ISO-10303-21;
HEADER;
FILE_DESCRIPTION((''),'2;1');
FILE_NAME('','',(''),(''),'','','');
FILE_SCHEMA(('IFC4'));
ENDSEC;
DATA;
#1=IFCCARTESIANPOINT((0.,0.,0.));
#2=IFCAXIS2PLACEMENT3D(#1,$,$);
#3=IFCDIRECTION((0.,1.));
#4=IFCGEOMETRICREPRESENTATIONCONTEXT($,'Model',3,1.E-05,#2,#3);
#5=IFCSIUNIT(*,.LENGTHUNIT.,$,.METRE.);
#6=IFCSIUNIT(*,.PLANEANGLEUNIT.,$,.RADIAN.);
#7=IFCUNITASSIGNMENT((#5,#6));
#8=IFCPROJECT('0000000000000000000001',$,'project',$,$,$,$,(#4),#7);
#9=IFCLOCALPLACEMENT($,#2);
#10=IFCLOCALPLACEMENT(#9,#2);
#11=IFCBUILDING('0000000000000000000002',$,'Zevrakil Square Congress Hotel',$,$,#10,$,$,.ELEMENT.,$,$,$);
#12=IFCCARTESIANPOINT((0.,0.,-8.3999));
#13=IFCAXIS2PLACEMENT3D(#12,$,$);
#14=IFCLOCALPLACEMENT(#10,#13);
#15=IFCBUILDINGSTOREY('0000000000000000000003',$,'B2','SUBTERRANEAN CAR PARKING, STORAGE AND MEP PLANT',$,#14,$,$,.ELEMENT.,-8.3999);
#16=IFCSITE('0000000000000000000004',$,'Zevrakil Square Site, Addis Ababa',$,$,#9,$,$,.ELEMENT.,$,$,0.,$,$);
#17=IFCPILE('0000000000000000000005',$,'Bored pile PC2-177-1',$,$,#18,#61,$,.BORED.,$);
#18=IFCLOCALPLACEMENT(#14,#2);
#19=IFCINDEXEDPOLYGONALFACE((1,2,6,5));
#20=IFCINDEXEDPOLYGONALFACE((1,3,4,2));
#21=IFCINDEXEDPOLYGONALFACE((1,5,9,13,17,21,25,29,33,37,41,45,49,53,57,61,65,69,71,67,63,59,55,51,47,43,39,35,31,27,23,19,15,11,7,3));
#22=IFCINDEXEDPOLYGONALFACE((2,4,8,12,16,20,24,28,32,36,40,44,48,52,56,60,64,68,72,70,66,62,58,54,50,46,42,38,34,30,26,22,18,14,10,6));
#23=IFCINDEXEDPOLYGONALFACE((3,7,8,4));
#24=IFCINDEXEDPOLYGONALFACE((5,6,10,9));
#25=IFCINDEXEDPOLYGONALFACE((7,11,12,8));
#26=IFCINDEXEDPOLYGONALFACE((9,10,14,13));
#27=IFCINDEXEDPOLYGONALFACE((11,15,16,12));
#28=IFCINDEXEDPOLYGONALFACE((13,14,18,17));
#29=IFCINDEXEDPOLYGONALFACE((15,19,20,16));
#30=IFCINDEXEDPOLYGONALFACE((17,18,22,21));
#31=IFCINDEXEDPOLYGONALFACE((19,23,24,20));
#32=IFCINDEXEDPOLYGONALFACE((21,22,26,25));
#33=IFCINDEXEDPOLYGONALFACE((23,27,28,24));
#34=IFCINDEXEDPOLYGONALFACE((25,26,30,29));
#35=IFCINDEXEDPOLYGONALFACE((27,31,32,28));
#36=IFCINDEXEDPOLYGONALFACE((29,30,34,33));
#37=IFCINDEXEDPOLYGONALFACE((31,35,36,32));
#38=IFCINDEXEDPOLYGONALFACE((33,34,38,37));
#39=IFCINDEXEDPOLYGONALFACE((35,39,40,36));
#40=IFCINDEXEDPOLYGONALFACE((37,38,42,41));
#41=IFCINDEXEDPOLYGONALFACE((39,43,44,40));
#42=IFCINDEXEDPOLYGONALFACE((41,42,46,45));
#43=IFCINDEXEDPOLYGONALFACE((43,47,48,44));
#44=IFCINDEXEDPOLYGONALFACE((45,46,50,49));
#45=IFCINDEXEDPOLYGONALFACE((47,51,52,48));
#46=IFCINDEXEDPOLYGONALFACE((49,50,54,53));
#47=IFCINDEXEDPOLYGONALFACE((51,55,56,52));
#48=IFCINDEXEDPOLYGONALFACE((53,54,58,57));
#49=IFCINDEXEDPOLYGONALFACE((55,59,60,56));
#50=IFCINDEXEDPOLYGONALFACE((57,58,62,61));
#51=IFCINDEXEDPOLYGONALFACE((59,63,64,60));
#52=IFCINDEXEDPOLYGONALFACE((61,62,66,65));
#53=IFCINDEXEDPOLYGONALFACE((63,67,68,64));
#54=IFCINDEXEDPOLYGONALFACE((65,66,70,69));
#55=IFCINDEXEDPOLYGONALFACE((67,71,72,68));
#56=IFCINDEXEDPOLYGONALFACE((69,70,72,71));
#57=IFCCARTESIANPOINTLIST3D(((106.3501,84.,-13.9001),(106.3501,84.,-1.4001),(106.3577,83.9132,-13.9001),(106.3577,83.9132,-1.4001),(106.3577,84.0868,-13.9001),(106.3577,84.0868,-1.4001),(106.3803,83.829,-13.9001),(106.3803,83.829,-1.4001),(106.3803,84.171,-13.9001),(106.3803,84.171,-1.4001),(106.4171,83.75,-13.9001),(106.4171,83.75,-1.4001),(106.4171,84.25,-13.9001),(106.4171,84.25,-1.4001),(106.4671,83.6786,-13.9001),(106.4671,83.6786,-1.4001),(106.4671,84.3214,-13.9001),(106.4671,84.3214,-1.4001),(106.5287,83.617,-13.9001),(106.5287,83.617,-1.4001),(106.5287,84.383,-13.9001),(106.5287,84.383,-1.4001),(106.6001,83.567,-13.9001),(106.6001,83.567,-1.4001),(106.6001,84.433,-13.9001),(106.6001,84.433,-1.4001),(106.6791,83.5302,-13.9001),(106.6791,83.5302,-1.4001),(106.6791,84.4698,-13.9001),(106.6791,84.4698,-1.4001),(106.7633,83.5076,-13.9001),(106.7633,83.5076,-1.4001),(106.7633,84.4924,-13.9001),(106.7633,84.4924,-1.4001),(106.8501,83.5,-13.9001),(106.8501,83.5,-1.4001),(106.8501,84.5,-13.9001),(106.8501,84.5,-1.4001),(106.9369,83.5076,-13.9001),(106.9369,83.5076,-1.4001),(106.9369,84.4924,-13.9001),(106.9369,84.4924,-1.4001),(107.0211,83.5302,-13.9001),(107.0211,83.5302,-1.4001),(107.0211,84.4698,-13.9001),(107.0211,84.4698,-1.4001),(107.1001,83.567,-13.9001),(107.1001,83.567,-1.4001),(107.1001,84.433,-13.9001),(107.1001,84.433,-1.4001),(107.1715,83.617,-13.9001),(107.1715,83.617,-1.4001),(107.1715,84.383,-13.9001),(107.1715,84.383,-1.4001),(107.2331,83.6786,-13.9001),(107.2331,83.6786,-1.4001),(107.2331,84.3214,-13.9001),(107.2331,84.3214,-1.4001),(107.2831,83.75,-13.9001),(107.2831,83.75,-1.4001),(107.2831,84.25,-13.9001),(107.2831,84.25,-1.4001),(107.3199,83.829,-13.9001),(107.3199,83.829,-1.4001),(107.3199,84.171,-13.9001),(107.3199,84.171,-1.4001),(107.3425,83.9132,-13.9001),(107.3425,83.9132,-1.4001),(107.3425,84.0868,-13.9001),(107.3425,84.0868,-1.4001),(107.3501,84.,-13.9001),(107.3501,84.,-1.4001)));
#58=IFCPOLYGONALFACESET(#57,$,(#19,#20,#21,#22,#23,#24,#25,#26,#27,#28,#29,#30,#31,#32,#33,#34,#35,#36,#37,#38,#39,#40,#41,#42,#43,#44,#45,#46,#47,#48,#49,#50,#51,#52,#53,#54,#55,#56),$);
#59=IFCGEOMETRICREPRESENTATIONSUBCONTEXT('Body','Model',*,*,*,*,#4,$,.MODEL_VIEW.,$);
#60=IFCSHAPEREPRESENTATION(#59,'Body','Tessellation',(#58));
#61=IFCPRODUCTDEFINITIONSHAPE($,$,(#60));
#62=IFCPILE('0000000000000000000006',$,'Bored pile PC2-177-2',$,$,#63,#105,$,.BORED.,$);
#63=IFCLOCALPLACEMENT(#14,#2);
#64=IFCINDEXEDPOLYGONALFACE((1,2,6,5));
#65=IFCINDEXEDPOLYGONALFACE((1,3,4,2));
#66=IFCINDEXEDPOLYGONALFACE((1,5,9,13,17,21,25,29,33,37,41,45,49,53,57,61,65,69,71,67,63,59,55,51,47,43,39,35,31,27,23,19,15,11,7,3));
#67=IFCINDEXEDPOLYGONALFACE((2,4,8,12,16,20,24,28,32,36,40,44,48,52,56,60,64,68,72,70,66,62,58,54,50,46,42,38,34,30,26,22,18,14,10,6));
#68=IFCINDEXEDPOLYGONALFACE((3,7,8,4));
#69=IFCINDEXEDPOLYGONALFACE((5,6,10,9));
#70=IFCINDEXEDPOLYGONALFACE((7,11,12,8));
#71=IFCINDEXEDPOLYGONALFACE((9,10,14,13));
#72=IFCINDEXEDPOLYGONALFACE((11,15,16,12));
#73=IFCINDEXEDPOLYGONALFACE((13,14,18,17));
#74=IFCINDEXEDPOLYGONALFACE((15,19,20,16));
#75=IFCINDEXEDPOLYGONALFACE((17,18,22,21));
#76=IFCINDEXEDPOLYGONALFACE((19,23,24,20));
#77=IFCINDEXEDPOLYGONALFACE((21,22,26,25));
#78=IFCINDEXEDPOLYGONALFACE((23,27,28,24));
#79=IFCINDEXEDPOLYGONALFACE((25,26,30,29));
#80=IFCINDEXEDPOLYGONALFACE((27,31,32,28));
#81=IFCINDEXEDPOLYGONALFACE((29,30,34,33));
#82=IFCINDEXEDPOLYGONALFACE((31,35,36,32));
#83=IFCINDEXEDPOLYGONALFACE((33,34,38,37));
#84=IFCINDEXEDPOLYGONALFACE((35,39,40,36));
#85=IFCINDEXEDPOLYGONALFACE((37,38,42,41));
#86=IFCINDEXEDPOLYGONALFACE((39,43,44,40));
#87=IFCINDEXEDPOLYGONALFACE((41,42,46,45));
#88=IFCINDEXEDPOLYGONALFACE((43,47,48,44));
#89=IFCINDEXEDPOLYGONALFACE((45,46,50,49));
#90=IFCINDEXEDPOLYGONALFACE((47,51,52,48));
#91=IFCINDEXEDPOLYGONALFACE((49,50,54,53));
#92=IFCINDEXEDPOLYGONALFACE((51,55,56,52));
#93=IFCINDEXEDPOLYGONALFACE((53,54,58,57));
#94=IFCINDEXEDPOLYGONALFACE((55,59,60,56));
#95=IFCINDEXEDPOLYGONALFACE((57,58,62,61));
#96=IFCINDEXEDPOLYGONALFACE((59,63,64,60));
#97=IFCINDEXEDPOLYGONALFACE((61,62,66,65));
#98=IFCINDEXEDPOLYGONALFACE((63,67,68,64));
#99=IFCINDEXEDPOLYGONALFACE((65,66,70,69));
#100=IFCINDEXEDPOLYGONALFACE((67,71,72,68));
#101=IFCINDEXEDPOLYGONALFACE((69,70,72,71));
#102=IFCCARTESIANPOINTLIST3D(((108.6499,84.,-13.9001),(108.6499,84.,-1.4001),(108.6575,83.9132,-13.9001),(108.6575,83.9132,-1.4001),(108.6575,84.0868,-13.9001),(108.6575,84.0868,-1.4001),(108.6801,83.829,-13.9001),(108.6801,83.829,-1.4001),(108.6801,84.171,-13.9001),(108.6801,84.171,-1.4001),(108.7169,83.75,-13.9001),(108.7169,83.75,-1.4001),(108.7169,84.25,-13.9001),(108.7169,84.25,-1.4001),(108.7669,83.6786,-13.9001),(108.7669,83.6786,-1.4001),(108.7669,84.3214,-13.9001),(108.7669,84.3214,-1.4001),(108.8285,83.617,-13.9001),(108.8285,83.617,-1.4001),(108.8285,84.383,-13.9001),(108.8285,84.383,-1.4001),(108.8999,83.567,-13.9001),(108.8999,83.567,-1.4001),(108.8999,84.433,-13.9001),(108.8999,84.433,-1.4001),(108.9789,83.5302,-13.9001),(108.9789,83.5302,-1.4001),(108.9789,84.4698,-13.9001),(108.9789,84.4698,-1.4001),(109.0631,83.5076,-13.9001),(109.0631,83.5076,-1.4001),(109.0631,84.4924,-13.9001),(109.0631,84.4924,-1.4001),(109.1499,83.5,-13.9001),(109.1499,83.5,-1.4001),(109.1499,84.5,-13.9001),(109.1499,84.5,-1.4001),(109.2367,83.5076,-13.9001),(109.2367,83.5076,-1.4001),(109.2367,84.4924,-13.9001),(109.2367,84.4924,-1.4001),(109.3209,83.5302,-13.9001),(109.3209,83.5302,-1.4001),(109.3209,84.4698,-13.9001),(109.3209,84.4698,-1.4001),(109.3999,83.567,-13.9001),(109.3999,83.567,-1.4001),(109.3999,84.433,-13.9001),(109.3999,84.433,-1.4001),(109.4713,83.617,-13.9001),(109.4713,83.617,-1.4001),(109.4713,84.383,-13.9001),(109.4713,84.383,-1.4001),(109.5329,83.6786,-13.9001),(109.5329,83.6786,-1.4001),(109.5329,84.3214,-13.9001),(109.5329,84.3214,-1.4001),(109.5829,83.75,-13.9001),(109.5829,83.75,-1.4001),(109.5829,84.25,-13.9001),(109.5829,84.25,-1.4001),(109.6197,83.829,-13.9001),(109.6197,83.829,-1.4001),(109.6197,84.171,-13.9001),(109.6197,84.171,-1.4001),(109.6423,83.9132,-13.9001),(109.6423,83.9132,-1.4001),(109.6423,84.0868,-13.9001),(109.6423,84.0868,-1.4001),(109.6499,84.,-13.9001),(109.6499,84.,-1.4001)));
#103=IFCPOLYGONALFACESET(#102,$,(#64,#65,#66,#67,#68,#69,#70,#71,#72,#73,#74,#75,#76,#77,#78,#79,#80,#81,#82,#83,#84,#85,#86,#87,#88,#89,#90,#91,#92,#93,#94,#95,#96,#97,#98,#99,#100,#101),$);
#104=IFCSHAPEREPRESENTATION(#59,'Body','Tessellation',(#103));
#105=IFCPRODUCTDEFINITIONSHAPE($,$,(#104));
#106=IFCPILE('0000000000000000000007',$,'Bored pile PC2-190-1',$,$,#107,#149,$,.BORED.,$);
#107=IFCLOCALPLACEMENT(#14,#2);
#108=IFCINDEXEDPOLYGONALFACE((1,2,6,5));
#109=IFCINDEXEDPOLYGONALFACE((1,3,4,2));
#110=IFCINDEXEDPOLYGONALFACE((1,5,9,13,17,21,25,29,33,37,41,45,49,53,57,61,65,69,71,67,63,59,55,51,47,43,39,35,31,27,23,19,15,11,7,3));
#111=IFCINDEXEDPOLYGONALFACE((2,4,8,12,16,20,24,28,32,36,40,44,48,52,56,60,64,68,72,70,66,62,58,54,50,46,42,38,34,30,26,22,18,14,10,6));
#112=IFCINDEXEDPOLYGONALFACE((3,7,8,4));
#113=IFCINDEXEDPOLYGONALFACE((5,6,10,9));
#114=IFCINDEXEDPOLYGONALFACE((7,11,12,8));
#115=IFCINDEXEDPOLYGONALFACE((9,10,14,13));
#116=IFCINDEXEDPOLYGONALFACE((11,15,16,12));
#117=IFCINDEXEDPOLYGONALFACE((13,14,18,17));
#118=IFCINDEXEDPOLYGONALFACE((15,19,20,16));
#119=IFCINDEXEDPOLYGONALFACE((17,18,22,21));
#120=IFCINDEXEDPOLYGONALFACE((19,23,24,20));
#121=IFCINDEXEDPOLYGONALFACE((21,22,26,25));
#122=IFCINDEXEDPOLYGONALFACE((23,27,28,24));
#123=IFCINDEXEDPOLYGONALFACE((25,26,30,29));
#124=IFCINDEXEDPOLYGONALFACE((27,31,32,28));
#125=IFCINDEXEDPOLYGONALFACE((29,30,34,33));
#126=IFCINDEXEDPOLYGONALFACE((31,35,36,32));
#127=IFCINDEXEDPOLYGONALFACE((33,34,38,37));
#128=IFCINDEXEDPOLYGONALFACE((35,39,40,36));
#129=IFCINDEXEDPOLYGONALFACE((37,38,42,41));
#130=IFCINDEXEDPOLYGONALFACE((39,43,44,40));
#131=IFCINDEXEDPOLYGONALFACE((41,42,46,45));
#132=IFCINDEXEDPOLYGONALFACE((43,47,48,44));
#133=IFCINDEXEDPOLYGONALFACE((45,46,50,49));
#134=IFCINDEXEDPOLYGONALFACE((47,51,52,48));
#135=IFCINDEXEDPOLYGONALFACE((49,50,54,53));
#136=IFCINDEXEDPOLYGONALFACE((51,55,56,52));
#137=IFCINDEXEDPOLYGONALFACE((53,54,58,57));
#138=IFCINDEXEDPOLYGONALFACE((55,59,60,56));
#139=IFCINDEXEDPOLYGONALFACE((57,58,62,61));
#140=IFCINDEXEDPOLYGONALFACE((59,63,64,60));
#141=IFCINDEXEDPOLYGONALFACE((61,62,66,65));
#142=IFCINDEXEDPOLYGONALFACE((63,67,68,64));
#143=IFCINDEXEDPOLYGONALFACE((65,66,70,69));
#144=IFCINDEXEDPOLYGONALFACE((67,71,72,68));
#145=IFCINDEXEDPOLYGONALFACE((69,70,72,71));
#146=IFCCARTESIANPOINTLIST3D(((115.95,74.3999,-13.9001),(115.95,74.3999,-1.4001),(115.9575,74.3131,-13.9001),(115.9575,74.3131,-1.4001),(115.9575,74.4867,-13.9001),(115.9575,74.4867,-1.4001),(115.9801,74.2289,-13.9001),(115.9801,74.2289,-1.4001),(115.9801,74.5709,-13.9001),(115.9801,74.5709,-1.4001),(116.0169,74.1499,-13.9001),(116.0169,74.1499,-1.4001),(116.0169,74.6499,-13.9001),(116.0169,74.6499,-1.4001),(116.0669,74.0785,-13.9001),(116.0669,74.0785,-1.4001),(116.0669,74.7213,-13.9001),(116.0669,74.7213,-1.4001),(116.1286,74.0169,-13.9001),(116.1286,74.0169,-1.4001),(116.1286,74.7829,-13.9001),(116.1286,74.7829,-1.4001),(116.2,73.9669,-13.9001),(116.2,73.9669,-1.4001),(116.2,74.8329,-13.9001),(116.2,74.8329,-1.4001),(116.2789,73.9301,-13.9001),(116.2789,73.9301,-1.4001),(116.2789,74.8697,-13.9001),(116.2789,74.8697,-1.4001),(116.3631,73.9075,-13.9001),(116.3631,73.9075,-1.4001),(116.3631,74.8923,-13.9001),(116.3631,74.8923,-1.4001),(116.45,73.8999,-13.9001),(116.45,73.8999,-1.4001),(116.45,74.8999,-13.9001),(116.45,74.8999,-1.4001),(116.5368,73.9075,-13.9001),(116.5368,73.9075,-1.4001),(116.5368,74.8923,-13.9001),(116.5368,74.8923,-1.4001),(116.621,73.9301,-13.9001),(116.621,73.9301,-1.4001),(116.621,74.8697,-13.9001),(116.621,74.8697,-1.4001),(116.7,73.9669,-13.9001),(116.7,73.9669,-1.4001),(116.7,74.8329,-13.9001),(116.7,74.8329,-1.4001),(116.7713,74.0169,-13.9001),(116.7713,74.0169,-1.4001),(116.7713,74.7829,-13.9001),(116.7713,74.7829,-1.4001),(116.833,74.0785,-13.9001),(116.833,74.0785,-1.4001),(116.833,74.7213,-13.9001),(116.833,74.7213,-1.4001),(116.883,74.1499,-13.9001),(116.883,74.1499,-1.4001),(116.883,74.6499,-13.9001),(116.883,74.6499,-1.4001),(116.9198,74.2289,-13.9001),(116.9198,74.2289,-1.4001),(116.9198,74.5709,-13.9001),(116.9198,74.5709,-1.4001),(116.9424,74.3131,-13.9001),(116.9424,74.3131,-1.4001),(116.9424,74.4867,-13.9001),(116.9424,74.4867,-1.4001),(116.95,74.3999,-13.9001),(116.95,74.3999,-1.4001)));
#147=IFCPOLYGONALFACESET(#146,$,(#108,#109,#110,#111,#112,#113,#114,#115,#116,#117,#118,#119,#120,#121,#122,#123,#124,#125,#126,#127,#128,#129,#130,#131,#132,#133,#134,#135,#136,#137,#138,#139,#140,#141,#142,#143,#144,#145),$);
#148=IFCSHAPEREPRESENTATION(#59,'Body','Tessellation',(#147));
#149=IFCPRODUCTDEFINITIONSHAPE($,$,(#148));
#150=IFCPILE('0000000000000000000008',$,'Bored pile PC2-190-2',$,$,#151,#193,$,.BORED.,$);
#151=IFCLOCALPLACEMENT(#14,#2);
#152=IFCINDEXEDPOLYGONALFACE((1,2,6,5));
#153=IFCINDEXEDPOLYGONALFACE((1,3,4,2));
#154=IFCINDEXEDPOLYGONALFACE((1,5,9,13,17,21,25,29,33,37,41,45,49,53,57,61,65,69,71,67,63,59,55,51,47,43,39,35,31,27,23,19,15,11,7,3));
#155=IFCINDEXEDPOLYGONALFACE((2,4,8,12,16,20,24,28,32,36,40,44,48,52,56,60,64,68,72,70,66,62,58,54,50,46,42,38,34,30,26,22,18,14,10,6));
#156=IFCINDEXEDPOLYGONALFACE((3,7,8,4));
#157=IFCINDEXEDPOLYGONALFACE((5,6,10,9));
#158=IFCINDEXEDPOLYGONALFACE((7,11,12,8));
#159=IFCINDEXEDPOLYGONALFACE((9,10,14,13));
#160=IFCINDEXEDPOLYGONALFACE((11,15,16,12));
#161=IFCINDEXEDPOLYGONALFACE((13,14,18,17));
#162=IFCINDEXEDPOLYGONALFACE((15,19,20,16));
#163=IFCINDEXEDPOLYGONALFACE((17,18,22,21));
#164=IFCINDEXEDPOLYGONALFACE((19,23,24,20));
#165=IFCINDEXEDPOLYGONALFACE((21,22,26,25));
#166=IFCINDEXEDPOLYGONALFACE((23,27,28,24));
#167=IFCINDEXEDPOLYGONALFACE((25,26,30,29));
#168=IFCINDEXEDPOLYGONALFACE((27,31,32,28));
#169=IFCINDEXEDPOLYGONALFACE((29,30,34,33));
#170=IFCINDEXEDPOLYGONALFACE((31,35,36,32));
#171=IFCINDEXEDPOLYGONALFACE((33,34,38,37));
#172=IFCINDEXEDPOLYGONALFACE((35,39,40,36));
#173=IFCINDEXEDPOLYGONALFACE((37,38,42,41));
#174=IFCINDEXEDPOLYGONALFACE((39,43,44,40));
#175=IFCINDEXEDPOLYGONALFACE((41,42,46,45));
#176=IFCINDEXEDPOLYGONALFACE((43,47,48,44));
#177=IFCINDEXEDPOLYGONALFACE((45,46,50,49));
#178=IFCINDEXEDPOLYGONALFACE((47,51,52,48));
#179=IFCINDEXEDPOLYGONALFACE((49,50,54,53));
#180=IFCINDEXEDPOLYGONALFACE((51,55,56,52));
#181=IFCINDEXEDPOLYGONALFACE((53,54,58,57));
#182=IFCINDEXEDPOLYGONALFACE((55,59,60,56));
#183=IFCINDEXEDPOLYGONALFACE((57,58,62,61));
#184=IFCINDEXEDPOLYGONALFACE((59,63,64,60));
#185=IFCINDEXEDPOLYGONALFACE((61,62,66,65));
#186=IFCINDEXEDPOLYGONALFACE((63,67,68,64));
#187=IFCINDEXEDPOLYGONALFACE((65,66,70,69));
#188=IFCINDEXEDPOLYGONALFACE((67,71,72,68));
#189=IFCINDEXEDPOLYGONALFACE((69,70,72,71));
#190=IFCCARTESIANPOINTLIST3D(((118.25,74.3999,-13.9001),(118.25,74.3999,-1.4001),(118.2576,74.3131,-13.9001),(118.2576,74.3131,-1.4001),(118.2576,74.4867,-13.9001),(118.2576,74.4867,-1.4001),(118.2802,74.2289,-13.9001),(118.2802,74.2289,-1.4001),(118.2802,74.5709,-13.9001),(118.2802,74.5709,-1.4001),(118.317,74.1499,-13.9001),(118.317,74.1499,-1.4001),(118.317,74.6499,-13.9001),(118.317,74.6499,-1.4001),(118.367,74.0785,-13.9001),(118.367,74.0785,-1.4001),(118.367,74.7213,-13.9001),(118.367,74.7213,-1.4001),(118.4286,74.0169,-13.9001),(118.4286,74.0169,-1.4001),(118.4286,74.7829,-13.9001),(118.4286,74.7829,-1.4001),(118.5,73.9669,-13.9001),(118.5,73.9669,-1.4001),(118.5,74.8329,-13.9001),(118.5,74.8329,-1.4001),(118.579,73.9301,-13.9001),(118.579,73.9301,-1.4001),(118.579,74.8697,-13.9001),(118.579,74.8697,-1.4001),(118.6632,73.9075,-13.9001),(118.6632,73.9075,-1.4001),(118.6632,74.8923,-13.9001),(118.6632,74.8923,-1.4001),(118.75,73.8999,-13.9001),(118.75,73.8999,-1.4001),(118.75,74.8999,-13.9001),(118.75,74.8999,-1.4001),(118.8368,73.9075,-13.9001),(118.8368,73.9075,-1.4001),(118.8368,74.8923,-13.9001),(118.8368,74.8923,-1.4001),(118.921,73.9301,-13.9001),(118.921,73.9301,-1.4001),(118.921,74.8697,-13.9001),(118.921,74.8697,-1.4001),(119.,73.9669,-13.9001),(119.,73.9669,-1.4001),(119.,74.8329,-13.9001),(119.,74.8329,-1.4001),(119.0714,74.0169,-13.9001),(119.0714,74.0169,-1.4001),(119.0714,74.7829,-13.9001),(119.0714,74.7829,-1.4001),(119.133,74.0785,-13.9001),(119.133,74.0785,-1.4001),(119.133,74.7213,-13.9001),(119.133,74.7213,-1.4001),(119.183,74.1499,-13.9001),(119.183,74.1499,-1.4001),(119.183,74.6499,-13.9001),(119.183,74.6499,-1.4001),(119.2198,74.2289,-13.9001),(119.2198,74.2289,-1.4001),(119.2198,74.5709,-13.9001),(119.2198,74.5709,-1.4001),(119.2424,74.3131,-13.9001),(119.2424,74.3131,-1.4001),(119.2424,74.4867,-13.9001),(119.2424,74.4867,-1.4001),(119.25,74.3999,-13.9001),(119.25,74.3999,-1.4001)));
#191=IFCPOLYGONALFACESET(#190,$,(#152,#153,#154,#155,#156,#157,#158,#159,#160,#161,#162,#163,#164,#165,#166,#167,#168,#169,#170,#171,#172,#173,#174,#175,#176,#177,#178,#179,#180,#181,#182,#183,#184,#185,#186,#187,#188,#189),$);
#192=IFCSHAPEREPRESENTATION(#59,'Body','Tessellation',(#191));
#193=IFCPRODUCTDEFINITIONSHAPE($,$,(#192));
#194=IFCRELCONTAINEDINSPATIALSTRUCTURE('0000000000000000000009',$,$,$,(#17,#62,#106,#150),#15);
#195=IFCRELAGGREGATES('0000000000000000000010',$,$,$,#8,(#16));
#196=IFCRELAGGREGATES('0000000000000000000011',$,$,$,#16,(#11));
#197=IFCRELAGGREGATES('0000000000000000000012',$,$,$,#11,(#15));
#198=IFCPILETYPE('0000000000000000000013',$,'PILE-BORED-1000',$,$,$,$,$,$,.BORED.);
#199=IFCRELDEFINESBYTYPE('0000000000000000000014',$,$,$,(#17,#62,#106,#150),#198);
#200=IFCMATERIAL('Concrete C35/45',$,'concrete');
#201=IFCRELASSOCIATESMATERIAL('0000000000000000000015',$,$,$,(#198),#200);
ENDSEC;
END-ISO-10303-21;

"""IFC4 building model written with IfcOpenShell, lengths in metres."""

from ifc_helpers import new_model, si_unit, direction, frame, origin, origin_2d, place, context, subcontext, project, spatial, circle, extrude, material, material_profile, profile_set, type_object, element, save


model = new_model("IFC4")

# Units and contexts
model_context = context("Model", 3, precision=1e-05, world=origin(), true_north=direction((0.0, 1.0)))
body_context = subcontext(model_context, "Body", "Model", "MODEL_VIEW")
ifc_project = project(units=[si_unit("LENGTHUNIT", "METRE"), si_unit("PLANEANGLEUNIT", "RADIAN")], contexts=[model_context])

# Site, building, storey
site_placement = place(None, origin())
site = spatial("IfcSite", under=ifc_project, at=site_placement, Name="Zevrakil Square Site, Addis Ababa", CompositionType="ELEMENT", RefElevation=0.0)
building_placement = place(site_placement, origin())
building = spatial("IfcBuilding", under=site, at=building_placement, Name="Zevrakil Square Congress Hotel", CompositionType="ELEMENT")
storey_placement = place(building_placement, frame((0.0, 0.0, -8.3999)))
storey = spatial("IfcBuildingStorey", under=building, at=storey_placement, Name="B2", Description="SUBTERRANEAN CAR PARKING, STORAGE AND MEP PLANT", CompositionType="ELEMENT", Elevation=-8.3999)

# Piles
ifc_material_1 = material(Name="Concrete C35/45", Category="concrete")
ifc_material_profile_1 = material_profile(ifc_material_1, circle(Radius=0.5, at=origin_2d()), Name="PILE D1000")
ifc_profile_set_1 = profile_set([ifc_material_profile_1], Name="Concrete C35/45")
pile_type_1 = type_object("IfcPileType", Name="PILE-BORED-1000", PredefinedType="BORED", material=ifc_profile_set_1)
for number, where, z_axis, x_axis, name in (
    (1, (106.8501, 84.0, -1.4001), (0.0, 0.0, -1.0), (1.0, 0.0, 0.0), "Bored pile PC2-177-1"),
    (2, (109.1499, 84.0, -1.4001), (0.0, 0.0, -1.0), (1.0, 0.0, 0.0), "Bored pile PC2-177-2"),
    (3, (116.45, 74.3999, -1.4001), (0.0, 0.0, -1.0), (1.0, 0.0, 0.0), "Bored pile PC2-190-1"),
    (4, (118.75, 74.3999, -1.4001), (0.0, 0.0, -1.0), (1.0, 0.0, 0.0), "Bored pile PC2-190-2"),
):
    element("IfcPile", number, at=place(storey_placement, frame(where, z_axis=z_axis, x_axis=x_axis)), inside=storey, type_object=pile_type_1, Name=name, PredefinedType="BORED", context=body_context, shape_type="SweptSolid", body=[
        extrude(circle(Radius=0.5, at=origin_2d()), origin(), (0.0, 0.0, 1.0), 12.5),
    ])

save(model, "model.ifc")
